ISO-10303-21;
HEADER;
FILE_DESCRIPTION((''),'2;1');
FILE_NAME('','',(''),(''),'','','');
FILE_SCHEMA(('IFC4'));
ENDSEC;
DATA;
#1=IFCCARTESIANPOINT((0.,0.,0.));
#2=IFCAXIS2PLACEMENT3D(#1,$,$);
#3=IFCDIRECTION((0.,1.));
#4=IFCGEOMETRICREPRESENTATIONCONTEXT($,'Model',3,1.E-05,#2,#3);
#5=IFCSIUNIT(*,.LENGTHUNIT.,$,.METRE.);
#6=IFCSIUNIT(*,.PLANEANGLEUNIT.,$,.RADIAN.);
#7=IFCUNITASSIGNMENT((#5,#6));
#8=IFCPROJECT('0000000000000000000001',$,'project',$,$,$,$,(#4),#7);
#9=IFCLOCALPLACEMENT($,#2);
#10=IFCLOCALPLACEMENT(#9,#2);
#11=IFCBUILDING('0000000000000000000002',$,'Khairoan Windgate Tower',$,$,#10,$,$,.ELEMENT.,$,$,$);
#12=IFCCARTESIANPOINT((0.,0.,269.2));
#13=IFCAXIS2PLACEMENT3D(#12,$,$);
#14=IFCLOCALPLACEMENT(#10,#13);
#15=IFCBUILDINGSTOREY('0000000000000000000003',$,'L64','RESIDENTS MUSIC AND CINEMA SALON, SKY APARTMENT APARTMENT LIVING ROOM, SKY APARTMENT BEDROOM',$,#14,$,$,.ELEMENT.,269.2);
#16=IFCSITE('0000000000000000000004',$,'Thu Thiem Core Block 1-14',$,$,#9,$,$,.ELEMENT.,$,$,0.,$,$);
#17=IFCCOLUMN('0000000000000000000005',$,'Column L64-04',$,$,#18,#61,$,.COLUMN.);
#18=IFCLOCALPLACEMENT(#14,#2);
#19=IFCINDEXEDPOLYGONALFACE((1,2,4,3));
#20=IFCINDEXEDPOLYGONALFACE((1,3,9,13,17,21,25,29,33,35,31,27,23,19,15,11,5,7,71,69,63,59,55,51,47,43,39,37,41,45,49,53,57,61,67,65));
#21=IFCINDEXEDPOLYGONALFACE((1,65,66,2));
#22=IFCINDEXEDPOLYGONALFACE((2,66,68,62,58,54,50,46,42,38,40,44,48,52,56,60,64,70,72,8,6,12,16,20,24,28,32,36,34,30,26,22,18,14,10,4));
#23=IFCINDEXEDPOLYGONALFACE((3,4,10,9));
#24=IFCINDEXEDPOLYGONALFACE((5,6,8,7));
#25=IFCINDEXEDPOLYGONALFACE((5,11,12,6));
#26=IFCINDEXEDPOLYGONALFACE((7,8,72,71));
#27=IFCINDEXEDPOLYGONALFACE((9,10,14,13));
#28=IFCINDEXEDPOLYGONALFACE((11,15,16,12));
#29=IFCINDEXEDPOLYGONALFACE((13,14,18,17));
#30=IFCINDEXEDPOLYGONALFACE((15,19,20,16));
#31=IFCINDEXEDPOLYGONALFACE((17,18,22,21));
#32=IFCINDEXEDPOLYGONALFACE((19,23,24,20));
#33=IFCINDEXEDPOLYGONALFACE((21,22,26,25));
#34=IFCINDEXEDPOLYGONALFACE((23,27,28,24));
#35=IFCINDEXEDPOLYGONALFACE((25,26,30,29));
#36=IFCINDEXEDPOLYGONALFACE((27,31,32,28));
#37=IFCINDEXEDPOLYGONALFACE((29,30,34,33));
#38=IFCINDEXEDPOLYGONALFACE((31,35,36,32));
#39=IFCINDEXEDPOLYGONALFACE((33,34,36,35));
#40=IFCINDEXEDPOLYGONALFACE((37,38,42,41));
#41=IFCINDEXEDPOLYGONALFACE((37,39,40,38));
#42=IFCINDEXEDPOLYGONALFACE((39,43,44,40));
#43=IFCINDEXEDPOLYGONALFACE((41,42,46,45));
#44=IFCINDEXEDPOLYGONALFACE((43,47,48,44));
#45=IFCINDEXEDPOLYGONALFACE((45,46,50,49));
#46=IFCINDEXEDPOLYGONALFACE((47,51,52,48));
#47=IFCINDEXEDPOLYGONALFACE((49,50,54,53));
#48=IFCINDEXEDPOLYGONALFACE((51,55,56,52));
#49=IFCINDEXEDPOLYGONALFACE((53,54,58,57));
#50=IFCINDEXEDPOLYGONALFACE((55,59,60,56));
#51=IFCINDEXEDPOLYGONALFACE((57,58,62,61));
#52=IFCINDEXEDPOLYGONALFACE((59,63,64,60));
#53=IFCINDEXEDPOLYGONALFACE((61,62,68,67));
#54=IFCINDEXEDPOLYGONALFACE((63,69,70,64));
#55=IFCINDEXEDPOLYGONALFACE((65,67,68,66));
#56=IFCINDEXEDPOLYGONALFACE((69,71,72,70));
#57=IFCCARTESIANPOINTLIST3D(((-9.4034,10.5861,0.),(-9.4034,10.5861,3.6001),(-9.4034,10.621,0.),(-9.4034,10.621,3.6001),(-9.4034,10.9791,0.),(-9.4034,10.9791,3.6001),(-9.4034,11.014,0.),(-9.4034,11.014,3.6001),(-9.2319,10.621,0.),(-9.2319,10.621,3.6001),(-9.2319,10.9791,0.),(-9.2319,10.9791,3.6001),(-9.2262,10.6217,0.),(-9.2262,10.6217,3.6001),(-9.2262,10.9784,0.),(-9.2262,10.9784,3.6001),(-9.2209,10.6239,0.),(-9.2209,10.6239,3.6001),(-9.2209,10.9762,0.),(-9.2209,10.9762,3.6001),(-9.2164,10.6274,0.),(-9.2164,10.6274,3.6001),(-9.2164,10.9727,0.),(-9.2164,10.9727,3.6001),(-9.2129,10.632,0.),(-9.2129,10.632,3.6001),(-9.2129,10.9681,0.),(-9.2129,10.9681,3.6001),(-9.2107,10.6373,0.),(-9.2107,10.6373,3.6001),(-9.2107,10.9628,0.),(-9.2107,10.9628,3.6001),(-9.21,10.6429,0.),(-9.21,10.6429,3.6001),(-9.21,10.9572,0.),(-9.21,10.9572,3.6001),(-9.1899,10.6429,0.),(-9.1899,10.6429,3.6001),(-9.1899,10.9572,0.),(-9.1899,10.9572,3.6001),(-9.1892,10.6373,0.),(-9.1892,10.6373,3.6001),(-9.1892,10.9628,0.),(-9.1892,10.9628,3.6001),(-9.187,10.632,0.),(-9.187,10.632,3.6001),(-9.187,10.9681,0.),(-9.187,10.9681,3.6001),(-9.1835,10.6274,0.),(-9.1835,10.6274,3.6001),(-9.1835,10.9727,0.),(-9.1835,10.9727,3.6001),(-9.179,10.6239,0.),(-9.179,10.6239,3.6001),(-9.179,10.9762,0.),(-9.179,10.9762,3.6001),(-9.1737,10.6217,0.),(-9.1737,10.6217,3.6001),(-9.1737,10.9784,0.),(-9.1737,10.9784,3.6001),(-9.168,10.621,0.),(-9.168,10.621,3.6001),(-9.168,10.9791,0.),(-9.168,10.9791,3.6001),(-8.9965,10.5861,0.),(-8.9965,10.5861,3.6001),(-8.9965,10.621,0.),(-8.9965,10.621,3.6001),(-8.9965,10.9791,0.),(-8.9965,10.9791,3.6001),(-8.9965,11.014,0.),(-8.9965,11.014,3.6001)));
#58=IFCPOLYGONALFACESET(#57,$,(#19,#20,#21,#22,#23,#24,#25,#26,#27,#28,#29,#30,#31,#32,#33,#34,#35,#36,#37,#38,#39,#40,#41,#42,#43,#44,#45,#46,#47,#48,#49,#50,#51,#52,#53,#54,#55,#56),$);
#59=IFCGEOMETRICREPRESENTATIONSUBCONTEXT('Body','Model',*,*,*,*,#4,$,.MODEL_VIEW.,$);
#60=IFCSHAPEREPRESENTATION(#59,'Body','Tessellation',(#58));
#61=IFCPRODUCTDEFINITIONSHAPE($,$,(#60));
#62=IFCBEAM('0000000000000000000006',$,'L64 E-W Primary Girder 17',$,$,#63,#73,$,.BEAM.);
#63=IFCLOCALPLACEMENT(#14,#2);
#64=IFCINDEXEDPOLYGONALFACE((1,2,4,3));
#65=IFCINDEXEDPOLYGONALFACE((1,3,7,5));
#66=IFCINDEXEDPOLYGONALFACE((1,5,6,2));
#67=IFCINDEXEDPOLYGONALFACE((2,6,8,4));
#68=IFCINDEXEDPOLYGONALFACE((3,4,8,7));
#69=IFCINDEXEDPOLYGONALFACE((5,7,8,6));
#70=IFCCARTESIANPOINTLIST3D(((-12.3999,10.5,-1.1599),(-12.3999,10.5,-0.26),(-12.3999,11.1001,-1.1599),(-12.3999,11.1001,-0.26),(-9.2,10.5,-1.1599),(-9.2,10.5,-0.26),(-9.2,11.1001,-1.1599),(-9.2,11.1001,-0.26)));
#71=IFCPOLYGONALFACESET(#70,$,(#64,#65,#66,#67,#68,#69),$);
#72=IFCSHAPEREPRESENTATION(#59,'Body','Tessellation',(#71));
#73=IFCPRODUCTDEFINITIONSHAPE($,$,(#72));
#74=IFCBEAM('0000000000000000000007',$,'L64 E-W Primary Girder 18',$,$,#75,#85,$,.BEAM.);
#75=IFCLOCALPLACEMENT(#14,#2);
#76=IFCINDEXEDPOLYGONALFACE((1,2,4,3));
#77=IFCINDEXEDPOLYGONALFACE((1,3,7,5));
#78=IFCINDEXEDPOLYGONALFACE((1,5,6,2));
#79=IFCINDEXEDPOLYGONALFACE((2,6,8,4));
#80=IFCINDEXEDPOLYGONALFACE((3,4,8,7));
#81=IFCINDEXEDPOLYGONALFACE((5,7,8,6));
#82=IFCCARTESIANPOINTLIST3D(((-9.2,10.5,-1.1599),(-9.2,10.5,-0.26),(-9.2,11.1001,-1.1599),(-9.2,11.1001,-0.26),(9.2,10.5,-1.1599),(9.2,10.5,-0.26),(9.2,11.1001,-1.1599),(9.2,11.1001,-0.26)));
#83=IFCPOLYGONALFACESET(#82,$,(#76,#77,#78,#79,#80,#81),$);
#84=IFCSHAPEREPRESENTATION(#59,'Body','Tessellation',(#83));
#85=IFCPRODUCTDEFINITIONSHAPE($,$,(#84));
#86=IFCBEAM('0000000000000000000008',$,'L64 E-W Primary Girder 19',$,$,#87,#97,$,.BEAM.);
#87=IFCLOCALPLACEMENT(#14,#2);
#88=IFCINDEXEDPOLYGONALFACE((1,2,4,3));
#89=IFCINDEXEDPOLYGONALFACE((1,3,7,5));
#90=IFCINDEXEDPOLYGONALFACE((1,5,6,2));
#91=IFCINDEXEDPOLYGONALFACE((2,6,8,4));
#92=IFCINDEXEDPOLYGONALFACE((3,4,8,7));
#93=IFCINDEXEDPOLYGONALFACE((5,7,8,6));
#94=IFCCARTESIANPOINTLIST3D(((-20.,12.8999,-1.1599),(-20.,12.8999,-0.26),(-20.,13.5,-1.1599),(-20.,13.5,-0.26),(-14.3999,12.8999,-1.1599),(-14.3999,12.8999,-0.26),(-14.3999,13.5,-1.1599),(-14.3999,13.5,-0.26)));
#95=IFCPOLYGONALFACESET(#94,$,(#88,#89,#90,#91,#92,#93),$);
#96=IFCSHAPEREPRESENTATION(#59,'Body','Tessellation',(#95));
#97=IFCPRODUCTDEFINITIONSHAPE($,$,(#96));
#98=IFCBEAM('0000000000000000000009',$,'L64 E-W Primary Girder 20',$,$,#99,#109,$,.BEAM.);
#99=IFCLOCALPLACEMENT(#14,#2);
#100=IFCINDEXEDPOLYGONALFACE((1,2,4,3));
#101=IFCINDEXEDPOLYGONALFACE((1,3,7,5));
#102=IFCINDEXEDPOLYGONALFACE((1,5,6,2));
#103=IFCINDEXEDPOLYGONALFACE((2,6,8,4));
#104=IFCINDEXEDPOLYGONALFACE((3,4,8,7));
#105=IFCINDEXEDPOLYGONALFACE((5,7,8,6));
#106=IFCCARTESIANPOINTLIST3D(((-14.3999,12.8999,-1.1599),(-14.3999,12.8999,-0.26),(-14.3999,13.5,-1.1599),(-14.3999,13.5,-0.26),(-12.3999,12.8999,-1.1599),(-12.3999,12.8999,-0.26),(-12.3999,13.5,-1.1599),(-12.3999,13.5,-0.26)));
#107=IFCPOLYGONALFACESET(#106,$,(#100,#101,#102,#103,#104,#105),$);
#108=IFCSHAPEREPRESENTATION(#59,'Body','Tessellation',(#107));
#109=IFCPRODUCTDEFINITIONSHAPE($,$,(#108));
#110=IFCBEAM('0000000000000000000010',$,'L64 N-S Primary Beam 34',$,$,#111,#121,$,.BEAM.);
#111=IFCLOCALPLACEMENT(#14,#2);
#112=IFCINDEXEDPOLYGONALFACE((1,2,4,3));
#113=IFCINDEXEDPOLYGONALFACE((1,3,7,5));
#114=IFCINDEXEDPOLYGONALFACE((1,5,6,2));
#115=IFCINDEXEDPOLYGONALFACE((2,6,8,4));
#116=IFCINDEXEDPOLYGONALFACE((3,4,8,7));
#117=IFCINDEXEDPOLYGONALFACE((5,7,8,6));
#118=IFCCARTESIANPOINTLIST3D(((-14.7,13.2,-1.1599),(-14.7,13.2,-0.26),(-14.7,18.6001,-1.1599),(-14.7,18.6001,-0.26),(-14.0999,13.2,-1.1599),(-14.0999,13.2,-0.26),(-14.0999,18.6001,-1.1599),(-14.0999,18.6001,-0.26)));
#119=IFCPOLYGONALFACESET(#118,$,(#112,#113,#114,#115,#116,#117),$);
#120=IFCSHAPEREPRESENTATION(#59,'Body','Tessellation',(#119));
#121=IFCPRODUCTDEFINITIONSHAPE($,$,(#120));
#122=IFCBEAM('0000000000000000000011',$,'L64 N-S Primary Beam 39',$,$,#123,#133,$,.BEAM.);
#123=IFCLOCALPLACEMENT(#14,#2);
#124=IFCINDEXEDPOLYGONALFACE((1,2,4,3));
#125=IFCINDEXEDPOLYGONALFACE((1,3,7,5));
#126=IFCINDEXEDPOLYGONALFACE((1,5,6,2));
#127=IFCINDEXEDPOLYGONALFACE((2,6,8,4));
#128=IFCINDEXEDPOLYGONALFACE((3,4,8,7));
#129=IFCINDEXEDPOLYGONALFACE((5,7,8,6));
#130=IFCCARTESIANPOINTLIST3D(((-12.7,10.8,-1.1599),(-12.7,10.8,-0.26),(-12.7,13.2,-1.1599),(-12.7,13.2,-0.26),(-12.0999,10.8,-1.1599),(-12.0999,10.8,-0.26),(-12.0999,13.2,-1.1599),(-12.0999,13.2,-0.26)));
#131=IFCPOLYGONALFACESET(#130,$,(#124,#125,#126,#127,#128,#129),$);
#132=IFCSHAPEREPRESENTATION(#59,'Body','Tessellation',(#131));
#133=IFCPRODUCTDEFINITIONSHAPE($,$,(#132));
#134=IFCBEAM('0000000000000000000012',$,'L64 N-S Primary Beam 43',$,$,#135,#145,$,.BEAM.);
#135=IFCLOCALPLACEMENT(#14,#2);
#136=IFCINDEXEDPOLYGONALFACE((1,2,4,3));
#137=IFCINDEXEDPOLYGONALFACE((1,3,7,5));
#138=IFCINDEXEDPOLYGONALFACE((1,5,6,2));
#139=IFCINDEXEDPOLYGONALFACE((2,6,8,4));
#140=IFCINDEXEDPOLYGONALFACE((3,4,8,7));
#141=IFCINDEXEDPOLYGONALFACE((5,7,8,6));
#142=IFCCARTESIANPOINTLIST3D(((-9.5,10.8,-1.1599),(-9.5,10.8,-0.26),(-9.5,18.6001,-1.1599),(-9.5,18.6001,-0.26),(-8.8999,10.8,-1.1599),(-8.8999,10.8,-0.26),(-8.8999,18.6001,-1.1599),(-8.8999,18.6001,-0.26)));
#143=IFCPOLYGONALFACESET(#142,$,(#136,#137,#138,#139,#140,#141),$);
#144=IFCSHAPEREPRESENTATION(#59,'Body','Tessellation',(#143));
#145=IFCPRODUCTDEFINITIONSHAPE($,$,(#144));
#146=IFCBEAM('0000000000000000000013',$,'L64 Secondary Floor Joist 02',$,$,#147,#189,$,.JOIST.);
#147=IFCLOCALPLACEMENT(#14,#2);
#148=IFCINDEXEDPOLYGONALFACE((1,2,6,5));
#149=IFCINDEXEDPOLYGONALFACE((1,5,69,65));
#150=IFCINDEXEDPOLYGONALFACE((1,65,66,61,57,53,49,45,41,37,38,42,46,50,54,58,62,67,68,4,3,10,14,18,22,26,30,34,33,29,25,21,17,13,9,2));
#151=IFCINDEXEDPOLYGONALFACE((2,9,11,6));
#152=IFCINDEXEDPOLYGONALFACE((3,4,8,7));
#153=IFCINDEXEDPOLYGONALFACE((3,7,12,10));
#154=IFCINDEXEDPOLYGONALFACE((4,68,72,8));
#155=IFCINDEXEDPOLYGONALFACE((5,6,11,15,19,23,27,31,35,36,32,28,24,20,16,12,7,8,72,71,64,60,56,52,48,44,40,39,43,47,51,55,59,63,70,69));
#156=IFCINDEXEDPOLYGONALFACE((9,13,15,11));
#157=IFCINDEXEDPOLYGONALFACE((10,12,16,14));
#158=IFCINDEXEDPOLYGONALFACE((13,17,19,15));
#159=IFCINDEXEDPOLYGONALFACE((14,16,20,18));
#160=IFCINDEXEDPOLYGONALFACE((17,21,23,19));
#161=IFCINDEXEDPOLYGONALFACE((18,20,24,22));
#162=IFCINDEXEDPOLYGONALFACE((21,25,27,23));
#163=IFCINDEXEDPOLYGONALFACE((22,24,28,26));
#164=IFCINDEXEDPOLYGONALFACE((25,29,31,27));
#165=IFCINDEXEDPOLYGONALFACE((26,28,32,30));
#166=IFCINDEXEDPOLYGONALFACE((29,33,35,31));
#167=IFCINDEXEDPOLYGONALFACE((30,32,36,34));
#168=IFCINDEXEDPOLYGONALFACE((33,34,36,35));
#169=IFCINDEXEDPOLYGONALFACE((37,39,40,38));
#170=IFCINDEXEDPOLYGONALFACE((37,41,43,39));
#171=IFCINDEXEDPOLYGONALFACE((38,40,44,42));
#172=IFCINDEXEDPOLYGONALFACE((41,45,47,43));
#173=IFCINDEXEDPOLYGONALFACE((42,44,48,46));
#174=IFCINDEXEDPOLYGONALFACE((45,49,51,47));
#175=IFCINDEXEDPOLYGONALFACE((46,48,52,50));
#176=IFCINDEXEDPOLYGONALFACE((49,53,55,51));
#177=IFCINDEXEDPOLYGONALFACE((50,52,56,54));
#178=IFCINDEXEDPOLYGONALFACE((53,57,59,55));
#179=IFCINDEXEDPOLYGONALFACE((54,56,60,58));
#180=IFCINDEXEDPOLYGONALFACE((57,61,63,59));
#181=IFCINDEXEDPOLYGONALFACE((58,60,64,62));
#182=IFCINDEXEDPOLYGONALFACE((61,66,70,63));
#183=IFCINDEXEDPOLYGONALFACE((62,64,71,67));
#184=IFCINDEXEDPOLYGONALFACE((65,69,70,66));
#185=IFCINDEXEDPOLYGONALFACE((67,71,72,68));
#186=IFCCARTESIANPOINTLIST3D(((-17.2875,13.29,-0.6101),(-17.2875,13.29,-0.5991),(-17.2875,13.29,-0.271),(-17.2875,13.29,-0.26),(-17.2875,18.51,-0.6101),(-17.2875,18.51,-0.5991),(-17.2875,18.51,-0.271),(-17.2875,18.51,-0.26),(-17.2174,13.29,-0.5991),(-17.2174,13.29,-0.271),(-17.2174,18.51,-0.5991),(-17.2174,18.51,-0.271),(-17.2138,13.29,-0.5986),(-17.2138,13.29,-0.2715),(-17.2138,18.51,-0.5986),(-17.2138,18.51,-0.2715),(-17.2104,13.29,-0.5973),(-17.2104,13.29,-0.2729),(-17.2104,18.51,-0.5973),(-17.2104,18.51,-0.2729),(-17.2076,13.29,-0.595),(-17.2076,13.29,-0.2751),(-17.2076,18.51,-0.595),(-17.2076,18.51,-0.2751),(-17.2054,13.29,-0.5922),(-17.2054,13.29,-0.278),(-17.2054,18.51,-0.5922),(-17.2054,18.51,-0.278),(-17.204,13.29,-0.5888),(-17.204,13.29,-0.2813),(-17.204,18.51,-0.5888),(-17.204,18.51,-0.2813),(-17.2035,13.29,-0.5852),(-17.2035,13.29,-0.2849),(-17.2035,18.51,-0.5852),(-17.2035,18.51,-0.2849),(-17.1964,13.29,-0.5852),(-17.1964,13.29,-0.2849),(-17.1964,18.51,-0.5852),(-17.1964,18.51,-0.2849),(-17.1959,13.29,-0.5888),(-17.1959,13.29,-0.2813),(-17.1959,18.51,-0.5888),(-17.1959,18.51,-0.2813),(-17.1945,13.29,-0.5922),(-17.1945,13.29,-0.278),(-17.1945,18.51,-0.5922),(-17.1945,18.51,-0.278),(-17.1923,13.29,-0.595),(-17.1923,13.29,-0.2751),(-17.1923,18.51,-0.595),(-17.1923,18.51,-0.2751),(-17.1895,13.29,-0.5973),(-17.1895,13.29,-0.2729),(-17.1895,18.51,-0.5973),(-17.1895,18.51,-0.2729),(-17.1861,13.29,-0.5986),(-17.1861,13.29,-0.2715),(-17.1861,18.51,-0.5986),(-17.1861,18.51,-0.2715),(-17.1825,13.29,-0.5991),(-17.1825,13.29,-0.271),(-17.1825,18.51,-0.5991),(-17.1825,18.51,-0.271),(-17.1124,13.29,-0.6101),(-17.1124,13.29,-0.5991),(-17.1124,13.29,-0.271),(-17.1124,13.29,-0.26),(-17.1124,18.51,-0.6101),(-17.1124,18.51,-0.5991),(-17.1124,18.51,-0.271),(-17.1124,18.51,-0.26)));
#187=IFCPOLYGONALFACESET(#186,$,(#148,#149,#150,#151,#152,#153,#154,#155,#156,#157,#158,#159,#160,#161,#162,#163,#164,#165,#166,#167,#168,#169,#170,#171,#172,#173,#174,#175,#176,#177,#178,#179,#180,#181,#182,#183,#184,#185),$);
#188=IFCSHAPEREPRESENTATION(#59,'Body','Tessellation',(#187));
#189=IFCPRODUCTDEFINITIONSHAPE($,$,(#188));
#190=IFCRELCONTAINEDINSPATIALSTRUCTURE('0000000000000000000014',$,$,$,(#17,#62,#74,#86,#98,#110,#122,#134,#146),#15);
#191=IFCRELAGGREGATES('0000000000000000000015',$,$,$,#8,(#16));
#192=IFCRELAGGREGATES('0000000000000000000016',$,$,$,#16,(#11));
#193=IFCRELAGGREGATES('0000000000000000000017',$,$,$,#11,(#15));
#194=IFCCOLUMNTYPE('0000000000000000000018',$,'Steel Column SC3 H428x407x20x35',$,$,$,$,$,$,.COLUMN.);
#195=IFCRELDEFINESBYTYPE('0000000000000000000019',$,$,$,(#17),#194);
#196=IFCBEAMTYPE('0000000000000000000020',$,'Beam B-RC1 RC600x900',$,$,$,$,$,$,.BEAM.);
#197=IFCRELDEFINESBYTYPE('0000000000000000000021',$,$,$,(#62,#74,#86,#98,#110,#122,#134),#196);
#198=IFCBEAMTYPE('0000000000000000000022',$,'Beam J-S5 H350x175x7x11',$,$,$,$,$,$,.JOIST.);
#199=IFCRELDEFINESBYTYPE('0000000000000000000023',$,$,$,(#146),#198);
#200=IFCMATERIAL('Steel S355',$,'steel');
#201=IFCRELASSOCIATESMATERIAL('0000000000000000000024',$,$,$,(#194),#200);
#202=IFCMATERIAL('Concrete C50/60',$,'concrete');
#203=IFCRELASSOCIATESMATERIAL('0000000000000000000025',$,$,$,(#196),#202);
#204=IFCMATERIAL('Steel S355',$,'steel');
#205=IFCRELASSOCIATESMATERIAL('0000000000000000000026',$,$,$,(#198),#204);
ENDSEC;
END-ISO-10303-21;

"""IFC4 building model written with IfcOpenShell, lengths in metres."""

from ifc_helpers import new_model, si_unit, direction, frame, origin, origin_2d, place, context, subcontext, project, spatial, rectangle, i_section, extrude, material, material_profile, profile_set, type_object, element, save


model = new_model("IFC4")

# Units and contexts
model_context = context("Model", 3, precision=1e-05, world=origin(), true_north=direction((0.0, 1.0)))
body_context = subcontext(model_context, "Body", "Model", "MODEL_VIEW")
ifc_project = project(units=[si_unit("LENGTHUNIT", "METRE"), si_unit("PLANEANGLEUNIT", "RADIAN")], contexts=[model_context])

# Site, building, storey
site_placement = place(None, origin())
site = spatial("IfcSite", under=ifc_project, at=site_placement, Name="Thu Thiem Core Block 1-14", CompositionType="ELEMENT", RefElevation=0.0)
building_placement = place(site_placement, origin())
building = spatial("IfcBuilding", under=site, at=building_placement, Name="Khairoan Windgate Tower", CompositionType="ELEMENT")
storey_placement = place(building_placement, frame((0.0, 0.0, 269.2)))
storey = spatial("IfcBuildingStorey", under=building, at=storey_placement, Name="L64", Description="RESIDENTS MUSIC AND CINEMA SALON, SKY APARTMENT APARTMENT LIVING ROOM, SKY APARTMENT BEDROOM", CompositionType="ELEMENT", Elevation=269.2)

# Column
ifc_material_1 = material(Name="Steel S355", Category="steel")
ifc_material_profile_1 = material_profile(ifc_material_1, i_section(OverallWidth=0.407, OverallDepth=0.428, WebThickness=0.02, FlangeThickness=0.0349, FilletRadius=0.022, at=origin_2d()))
ifc_profile_set_1 = profile_set([ifc_material_profile_1], Name="Steel S355")
column_type = type_object("IfcColumnType", Name="Steel Column SC3 H428x407x20x35", PredefinedType="COLUMN", material=ifc_profile_set_1)
column_placement = place(storey_placement, frame((-9.2, 10.8, 0.0), z_axis=(0.0, 0.0, 1.0), x_axis=(1.0, 0.0, 0.0)))
element("IfcColumn", 1, at=column_placement, inside=storey, type_object=column_type, Name="Column L64-04", PredefinedType="COLUMN", context=body_context, shape_type="SweptSolid", body=[
    extrude(i_section(OverallWidth=0.407, OverallDepth=0.428, WebThickness=0.02, FlangeThickness=0.0349, FilletRadius=0.022, at=origin_2d()), origin(), (0.0, 0.0, 1.0), 3.6001),
])

# Beams
ifc_material_2 = material(Name="Concrete C50/60", Category="concrete")
ifc_material_profile_2 = material_profile(ifc_material_2, rectangle(XDim=0.6001, YDim=0.8999, at=origin_2d()))
ifc_profile_set_2 = profile_set([ifc_material_profile_2], Name="Concrete C50/60")
beam_type_1 = type_object("IfcBeamType", Name="Beam B-RC1 RC600x900", PredefinedType="BEAM", material=ifc_profile_set_2)
beam_1_placement = place(storey_placement, frame((-12.3999, 10.8, -0.71), z_axis=(1.0, 0.0, 0.0), x_axis=(0.0, 1.0, 0.0)))
element("IfcBeam", 2, at=beam_1_placement, inside=storey, type_object=beam_type_1, Name="L64 E-W Primary Girder 17", PredefinedType="BEAM", context=body_context, shape_type="SweptSolid", body=[
    extrude(rectangle(XDim=0.6001, YDim=0.8999, at=origin_2d()), origin(), (0.0, 0.0, 1.0), 3.2),
])
beam_2_placement = place(storey_placement, frame((-9.2, 10.8, -0.71), z_axis=(1.0, 0.0, 0.0), x_axis=(0.0, 1.0, 0.0)))
element("IfcBeam", 3, at=beam_2_placement, inside=storey, type_object=beam_type_1, Name="L64 E-W Primary Girder 18", PredefinedType="BEAM", context=body_context, shape_type="SweptSolid", body=[
    extrude(rectangle(XDim=0.6001, YDim=0.8999, at=origin_2d()), origin(), (0.0, 0.0, 1.0), 18.3999),
])
beam_3_placement = place(storey_placement, frame((-20.0, 13.2, -0.71), z_axis=(1.0, 0.0, 0.0), x_axis=(0.0, 1.0, 0.0)))
element("IfcBeam", 4, at=beam_3_placement, inside=storey, type_object=beam_type_1, Name="L64 E-W Primary Girder 19", PredefinedType="BEAM", context=body_context, shape_type="SweptSolid", body=[
    extrude(rectangle(XDim=0.6001, YDim=0.8999, at=origin_2d()), origin(), (0.0, 0.0, 1.0), 5.6001),
])
beam_4_placement = place(storey_placement, frame((-14.3999, 13.2, -0.71), z_axis=(1.0, 0.0, 0.0), x_axis=(0.0, 1.0, 0.0)))
element("IfcBeam", 5, at=beam_4_placement, inside=storey, type_object=beam_type_1, Name="L64 E-W Primary Girder 20", PredefinedType="BEAM", context=body_context, shape_type="SweptSolid", body=[
    extrude(rectangle(XDim=0.6001, YDim=0.8999, at=origin_2d()), origin(), (0.0, 0.0, 1.0), 2.0),
])
beam_5_placement = place(storey_placement, frame((-14.3999, 13.2, -0.71), z_axis=(0.0, 1.0, 0.0), x_axis=(-1.0, 0.0, 0.0)))
element("IfcBeam", 6, at=beam_5_placement, inside=storey, type_object=beam_type_1, Name="L64 N-S Primary Beam 34", PredefinedType="BEAM", context=body_context, shape_type="SweptSolid", body=[
    extrude(rectangle(XDim=0.6001, YDim=0.8999, at=origin_2d()), origin(), (0.0, 0.0, 1.0), 5.4001),
])
beam_6_placement = place(storey_placement, frame((-12.3999, 10.8, -0.71), z_axis=(0.0, 1.0, 0.0), x_axis=(-1.0, 0.0, 0.0)))
element("IfcBeam", 7, at=beam_6_placement, inside=storey, type_object=beam_type_1, Name="L64 N-S Primary Beam 39", PredefinedType="BEAM", context=body_context, shape_type="SweptSolid", body=[
    extrude(rectangle(XDim=0.6001, YDim=0.8999, at=origin_2d()), origin(), (0.0, 0.0, 1.0), 2.3999),
])
beam_7_placement = place(storey_placement, frame((-9.2, 10.8, -0.71), z_axis=(0.0, 1.0, 0.0), x_axis=(-1.0, 0.0, 0.0)))
element("IfcBeam", 8, at=beam_7_placement, inside=storey, type_object=beam_type_1, Name="L64 N-S Primary Beam 43", PredefinedType="BEAM", context=body_context, shape_type="SweptSolid", body=[
    extrude(rectangle(XDim=0.6001, YDim=0.8999, at=origin_2d()), origin(), (0.0, 0.0, 1.0), 7.8),
])
ifc_material_3 = material(Name="Steel S355", Category="steel")
ifc_material_profile_3 = material_profile(ifc_material_3, i_section(OverallWidth=0.175, OverallDepth=0.3501, WebThickness=0.0071, FlangeThickness=0.011, FilletRadius=0.0139, at=origin_2d()))
ifc_profile_set_3 = profile_set([ifc_material_profile_3], Name="Steel S355")
beam_type_2 = type_object("IfcBeamType", Name="Beam J-S5 H350x175x7x11", PredefinedType="JOIST", material=ifc_profile_set_3)
beam_8_placement = place(storey_placement, frame((-17.2, 13.29, -0.4351), z_axis=(0.0, 1.0, 0.0), x_axis=(-1.0, 0.0, 0.0)))
element("IfcBeam", 9, at=beam_8_placement, inside=storey, type_object=beam_type_2, Name="L64 Secondary Floor Joist 02", PredefinedType="JOIST", context=body_context, shape_type="SweptSolid", body=[
    extrude(i_section(OverallWidth=0.175, OverallDepth=0.3501, WebThickness=0.0071, FlangeThickness=0.011, FilletRadius=0.0139, at=origin_2d()), origin(), (0.0, 0.0, 1.0), 5.22),
])

save(model, "model.ifc")
